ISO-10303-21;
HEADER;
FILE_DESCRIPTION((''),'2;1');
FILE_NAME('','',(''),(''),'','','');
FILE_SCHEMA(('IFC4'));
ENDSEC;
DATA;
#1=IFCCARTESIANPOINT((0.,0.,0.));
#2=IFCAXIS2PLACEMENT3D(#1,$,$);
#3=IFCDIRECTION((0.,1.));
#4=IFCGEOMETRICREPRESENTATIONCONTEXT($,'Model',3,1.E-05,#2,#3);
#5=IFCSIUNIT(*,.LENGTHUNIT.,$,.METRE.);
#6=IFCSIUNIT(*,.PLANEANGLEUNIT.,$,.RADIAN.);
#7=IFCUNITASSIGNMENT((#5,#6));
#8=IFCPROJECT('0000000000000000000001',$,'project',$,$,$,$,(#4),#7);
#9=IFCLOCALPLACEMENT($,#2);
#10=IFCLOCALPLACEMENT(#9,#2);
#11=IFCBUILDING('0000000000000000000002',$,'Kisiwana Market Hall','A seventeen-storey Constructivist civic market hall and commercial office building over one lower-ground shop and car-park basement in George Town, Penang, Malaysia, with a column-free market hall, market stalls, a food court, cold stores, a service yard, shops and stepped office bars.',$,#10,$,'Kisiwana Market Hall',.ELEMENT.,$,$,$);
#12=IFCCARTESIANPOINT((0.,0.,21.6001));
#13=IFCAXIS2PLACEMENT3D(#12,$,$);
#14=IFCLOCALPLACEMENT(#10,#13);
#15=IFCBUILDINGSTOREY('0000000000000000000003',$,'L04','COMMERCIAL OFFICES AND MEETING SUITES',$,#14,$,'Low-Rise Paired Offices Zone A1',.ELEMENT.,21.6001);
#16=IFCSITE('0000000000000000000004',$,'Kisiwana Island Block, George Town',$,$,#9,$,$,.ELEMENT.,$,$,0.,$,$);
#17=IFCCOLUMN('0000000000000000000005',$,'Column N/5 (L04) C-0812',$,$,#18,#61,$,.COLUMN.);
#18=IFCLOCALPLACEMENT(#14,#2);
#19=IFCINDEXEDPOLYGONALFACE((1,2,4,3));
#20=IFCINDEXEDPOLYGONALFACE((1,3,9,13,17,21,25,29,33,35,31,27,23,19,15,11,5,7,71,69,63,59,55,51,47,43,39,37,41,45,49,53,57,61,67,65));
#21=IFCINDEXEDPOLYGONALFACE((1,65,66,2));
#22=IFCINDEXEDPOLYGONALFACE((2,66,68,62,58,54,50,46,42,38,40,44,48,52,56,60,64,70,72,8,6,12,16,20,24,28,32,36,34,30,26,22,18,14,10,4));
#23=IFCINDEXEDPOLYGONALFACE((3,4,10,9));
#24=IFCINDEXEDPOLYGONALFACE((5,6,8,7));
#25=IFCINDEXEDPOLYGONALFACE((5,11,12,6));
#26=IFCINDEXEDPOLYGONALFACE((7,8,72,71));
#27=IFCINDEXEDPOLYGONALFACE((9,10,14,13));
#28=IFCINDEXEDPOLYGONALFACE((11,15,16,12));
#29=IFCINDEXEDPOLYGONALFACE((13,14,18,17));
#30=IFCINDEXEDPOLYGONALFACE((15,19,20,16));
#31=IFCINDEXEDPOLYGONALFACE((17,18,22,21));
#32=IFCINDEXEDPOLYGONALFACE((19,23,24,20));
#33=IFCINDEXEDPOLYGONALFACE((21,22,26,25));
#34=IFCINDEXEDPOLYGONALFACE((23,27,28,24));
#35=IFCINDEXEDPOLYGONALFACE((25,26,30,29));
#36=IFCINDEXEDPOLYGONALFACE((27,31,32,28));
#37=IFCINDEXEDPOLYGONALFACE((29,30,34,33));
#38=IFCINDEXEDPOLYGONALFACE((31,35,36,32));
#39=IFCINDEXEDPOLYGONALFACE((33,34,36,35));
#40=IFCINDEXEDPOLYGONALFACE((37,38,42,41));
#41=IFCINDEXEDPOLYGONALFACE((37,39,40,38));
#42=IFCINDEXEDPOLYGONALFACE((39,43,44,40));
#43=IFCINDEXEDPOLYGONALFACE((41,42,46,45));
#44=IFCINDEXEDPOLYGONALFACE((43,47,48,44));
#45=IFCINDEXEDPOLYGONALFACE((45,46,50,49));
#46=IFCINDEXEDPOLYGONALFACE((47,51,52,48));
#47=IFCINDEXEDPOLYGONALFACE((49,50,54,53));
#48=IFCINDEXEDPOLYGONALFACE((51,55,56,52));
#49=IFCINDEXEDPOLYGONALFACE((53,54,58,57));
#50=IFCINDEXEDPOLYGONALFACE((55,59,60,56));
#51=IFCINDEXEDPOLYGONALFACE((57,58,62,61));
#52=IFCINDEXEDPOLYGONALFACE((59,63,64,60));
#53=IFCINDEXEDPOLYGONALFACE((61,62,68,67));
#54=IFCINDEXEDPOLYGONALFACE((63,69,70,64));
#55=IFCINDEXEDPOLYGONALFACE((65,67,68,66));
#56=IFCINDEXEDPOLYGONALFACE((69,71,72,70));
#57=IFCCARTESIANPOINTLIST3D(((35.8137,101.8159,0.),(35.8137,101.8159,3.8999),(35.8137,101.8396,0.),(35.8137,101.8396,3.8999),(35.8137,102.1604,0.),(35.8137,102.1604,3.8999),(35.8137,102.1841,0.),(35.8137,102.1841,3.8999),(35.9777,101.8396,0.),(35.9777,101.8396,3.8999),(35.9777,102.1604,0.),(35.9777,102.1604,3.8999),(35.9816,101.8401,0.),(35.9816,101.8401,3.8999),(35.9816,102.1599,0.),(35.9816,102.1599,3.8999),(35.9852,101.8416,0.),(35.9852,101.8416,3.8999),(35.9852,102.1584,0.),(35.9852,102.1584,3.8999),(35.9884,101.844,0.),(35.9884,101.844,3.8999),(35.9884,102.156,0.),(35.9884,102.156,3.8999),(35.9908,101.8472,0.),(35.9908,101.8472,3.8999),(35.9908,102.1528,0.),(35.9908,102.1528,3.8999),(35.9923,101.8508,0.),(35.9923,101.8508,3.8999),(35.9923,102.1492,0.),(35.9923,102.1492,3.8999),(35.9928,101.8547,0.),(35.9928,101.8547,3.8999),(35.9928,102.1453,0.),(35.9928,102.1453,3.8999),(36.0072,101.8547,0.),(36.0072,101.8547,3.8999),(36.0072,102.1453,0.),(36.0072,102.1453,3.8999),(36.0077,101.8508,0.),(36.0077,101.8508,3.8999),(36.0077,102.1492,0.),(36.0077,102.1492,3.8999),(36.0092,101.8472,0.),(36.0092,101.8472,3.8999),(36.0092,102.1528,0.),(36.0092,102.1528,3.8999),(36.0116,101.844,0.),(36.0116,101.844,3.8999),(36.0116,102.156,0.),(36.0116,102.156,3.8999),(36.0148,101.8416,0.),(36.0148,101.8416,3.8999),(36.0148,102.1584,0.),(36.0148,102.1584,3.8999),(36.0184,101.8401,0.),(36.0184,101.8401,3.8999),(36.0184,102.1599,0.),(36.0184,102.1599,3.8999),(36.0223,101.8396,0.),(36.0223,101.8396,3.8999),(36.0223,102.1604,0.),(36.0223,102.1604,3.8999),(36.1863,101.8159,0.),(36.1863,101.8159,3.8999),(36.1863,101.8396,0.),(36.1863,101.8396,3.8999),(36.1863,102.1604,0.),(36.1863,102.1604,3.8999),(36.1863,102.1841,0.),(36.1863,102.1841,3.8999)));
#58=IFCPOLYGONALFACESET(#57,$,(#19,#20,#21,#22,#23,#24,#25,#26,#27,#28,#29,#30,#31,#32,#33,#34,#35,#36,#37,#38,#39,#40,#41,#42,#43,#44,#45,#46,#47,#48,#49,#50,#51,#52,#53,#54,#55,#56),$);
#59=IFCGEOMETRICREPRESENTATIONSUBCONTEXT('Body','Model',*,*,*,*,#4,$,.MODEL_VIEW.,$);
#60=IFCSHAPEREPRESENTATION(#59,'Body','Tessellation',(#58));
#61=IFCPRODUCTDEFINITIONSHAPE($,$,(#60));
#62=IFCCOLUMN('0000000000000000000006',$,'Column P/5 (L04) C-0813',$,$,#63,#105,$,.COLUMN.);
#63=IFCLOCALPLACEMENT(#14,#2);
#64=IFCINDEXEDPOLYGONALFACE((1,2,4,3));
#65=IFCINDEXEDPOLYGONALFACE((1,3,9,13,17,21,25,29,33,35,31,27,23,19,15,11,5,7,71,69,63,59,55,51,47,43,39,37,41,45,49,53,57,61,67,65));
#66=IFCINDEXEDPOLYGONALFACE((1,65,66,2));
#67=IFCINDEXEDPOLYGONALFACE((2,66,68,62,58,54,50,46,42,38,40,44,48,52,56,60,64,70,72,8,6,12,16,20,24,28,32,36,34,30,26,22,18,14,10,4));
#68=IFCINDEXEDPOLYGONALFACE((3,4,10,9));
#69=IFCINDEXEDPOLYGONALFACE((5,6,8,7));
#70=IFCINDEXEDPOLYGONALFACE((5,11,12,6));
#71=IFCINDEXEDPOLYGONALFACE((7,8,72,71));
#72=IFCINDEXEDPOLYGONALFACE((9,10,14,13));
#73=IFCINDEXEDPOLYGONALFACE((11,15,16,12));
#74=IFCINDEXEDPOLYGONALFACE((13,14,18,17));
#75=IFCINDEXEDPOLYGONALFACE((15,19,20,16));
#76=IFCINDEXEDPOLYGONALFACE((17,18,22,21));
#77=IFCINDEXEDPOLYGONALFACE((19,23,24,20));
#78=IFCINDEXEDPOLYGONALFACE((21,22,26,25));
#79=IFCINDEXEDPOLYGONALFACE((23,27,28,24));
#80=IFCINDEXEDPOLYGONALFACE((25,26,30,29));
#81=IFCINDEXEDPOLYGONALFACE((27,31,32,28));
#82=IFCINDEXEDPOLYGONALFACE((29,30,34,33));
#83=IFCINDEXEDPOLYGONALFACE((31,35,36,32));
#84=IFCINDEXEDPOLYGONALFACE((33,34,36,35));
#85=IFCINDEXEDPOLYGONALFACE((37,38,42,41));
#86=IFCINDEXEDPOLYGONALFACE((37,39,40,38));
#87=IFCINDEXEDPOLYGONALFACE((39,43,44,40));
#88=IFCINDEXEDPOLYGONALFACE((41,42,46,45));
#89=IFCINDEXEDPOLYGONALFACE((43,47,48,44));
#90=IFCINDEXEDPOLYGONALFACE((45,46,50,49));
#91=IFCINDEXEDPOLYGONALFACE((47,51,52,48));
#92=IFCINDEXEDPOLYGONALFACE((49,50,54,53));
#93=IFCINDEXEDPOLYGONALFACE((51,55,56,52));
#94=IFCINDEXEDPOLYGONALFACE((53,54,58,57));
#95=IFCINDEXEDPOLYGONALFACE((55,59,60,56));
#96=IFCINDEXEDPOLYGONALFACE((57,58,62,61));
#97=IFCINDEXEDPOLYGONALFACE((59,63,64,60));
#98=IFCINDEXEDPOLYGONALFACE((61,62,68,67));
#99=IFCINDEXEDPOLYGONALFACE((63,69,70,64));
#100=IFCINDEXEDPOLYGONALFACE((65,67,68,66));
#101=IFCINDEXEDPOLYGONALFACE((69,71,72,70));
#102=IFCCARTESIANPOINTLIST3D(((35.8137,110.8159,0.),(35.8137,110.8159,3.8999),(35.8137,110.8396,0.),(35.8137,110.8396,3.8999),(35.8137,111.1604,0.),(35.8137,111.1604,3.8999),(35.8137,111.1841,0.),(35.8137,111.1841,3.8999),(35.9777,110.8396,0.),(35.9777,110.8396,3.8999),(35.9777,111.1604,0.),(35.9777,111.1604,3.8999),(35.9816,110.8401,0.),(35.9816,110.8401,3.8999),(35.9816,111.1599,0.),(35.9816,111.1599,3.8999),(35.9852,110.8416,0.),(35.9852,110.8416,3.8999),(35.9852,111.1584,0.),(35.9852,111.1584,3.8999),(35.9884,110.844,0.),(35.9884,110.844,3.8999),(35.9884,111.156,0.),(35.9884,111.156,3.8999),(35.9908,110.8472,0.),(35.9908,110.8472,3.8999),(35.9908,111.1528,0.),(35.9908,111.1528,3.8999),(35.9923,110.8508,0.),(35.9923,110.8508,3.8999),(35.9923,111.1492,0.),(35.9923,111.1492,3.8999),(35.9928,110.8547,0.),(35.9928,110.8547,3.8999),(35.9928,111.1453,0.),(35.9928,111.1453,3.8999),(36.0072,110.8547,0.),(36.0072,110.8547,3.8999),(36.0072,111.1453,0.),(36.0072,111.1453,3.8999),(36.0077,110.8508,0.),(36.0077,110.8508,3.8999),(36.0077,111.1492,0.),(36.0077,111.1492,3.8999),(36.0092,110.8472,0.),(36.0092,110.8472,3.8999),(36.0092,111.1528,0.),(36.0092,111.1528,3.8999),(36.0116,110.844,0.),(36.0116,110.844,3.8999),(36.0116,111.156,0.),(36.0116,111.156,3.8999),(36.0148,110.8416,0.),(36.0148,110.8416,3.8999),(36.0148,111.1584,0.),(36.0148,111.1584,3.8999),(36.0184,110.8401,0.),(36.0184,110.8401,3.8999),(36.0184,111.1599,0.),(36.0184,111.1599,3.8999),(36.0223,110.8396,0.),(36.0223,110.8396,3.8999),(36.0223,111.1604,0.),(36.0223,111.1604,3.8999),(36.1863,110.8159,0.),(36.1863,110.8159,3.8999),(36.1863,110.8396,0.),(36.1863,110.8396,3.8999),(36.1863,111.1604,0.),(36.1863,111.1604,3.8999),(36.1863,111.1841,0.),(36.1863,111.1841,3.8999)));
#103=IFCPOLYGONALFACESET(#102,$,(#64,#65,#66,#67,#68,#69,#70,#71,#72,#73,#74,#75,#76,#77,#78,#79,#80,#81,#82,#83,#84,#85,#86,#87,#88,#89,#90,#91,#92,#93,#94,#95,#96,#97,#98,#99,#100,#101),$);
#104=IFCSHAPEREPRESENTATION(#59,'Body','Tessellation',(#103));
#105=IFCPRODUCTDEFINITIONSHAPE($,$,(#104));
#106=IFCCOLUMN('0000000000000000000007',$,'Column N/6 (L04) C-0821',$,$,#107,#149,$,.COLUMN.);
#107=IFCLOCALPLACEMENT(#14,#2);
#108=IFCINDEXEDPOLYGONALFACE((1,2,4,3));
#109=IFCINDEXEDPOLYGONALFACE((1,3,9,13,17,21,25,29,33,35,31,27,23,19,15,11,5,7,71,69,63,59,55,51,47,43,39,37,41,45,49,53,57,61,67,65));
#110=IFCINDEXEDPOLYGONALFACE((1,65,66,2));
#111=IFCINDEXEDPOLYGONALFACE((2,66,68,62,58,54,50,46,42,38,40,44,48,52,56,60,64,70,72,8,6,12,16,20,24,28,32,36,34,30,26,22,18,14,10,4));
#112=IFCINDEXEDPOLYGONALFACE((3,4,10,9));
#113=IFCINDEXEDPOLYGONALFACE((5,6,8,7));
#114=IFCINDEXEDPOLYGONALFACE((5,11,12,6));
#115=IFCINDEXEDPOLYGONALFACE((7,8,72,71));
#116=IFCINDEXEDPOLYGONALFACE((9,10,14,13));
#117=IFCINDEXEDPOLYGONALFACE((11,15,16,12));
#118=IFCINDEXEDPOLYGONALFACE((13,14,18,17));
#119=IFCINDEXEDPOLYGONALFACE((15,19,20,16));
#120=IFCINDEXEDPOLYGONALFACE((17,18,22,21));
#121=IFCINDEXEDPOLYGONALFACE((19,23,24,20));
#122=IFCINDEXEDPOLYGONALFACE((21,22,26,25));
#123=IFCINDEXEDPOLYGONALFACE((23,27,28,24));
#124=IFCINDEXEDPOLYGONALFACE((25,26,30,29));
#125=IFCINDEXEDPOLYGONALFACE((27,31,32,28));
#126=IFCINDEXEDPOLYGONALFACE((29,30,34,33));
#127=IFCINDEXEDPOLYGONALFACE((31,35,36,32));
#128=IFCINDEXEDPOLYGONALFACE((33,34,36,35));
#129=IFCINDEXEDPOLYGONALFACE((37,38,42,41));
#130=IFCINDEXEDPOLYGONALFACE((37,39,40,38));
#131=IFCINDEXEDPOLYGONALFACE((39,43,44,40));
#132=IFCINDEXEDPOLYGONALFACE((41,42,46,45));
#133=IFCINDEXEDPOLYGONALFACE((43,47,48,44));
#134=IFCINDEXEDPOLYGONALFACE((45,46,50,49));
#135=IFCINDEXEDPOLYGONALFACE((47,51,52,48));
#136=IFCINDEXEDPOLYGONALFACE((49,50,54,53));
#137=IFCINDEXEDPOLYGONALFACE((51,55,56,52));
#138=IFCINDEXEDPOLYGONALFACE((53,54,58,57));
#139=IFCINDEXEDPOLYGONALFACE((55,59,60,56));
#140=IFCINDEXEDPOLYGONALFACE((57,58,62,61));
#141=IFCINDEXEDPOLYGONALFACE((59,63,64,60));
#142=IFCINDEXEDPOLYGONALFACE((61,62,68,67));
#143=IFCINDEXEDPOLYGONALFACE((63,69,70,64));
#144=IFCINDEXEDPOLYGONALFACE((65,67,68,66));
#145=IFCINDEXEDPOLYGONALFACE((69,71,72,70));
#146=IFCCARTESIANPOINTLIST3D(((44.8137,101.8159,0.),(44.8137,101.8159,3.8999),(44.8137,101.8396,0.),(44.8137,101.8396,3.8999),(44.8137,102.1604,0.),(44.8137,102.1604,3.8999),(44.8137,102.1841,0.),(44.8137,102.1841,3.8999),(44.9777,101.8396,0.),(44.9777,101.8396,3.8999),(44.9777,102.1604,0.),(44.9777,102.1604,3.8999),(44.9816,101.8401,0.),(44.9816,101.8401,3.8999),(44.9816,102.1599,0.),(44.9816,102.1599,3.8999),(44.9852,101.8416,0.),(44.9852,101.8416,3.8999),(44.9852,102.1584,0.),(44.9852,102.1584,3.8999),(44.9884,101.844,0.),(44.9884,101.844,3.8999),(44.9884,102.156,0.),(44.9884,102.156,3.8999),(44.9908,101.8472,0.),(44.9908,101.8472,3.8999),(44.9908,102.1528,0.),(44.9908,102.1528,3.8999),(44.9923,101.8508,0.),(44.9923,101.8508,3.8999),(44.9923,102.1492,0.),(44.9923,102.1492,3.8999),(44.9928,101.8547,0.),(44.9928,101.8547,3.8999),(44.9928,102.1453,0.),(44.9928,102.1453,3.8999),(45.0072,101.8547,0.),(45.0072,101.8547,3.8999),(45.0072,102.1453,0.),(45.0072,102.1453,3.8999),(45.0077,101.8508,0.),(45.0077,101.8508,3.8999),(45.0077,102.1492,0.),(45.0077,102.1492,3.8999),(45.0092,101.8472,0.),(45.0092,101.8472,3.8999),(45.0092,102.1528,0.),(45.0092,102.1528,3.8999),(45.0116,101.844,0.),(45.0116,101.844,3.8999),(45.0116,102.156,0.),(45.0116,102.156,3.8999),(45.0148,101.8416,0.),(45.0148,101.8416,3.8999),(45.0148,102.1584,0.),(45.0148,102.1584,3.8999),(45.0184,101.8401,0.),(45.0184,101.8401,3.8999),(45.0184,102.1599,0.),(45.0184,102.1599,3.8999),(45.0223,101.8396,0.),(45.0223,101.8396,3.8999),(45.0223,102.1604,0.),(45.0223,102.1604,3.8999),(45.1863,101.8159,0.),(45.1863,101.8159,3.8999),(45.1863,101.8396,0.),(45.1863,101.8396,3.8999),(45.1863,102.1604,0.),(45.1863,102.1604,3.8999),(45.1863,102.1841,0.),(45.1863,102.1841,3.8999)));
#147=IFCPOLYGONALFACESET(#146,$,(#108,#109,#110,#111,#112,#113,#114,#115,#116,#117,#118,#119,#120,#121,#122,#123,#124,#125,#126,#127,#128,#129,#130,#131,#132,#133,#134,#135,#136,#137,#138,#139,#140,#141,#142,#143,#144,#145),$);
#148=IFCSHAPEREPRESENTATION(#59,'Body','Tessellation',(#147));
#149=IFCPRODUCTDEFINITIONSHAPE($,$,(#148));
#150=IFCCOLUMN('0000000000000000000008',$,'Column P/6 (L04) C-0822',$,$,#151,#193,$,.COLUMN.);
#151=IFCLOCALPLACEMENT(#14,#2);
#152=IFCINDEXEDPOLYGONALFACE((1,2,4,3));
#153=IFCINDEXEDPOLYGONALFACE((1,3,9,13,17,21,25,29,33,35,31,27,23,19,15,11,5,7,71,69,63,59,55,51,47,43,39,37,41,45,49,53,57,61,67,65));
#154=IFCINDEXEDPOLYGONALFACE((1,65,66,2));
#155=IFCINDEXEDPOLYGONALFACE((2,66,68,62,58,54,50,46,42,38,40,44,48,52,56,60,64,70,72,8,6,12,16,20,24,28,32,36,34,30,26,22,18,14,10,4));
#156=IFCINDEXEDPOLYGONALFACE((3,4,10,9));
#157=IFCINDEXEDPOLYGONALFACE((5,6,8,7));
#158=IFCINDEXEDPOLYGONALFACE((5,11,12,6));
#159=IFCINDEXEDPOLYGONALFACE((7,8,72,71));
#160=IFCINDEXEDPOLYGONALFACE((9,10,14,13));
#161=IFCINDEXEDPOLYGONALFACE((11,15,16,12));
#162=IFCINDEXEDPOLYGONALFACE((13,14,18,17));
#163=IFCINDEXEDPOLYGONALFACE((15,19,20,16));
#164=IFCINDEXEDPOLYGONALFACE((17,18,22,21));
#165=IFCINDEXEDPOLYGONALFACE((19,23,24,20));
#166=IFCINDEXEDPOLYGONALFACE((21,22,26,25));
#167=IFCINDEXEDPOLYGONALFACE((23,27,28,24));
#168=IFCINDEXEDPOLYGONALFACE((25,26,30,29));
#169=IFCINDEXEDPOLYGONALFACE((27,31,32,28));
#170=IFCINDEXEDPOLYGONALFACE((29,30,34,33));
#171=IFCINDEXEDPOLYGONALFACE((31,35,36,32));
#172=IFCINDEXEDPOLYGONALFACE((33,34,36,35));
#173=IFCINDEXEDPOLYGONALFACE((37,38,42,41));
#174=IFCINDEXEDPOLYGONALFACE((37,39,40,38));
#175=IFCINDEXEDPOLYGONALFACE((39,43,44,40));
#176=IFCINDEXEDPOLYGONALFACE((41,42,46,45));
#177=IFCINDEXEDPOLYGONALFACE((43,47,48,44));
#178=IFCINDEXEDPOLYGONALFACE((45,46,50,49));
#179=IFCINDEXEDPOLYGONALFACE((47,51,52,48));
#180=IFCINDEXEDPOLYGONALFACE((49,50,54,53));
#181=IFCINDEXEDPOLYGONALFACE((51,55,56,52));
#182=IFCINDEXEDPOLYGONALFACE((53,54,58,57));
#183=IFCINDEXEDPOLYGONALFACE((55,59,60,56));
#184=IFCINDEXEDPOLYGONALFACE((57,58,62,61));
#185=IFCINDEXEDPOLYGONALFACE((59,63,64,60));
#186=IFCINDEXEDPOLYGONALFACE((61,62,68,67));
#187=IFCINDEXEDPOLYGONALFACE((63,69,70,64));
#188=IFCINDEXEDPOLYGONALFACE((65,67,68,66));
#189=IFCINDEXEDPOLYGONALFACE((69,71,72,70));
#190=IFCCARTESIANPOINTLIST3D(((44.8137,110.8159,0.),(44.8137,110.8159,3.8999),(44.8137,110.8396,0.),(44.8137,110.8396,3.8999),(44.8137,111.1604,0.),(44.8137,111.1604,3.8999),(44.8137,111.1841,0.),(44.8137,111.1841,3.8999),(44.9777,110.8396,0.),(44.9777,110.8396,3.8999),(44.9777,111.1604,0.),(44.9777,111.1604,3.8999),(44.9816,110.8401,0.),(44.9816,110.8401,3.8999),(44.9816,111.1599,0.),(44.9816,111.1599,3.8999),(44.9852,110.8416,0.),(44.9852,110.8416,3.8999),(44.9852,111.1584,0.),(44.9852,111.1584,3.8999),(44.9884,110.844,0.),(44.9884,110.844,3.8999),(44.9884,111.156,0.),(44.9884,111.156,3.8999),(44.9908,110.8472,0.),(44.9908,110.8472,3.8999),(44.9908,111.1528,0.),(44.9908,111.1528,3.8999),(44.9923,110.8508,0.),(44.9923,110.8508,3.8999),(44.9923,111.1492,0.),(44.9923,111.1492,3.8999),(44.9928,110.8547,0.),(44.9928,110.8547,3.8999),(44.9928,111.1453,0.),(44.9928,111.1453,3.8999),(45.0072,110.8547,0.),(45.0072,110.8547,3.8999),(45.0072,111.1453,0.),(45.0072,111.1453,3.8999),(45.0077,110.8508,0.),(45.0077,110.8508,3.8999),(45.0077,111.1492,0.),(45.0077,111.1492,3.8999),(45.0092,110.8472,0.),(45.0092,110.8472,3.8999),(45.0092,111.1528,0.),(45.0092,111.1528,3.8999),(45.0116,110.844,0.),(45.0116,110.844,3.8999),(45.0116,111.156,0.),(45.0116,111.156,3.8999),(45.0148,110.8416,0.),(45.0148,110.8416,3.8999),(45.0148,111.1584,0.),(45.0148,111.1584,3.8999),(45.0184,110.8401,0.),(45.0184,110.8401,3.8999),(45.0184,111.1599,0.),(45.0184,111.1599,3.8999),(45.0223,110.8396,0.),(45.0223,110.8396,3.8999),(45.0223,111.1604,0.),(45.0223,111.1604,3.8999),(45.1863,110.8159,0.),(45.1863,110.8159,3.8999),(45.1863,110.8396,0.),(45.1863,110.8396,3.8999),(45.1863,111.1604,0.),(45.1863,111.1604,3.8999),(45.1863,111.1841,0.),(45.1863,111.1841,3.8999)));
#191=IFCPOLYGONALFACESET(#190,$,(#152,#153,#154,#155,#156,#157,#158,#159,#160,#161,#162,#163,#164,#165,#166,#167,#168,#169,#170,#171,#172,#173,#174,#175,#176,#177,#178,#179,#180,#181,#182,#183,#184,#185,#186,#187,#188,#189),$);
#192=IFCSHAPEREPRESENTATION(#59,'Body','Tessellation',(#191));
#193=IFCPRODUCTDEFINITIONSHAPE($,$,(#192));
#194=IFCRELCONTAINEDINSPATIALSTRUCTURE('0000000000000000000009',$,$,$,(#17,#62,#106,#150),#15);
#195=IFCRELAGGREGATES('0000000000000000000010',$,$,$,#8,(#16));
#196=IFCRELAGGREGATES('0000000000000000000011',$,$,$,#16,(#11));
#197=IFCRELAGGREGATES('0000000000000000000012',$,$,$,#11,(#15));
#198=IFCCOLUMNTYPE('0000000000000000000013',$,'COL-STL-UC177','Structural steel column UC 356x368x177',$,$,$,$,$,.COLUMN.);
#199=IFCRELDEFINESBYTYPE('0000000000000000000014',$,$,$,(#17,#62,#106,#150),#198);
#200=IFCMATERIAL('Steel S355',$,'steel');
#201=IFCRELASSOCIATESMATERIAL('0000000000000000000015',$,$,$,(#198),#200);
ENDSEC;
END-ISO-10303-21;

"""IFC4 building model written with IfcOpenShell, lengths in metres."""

from ifc_helpers import new_model, si_unit, direction, frame, origin, origin_2d, place, context, subcontext, project, spatial, i_section, extrude, material, material_profile, profile_set, type_object, element, save


model = new_model("IFC4")

# Units and contexts
model_context = context("Model", 3, precision=1e-05, world=origin(), true_north=direction((0.0, 1.0)))
body_context = subcontext(model_context, "Body", "Model", "MODEL_VIEW")
ifc_project = project(units=[si_unit("LENGTHUNIT", "METRE"), si_unit("PLANEANGLEUNIT", "RADIAN")], contexts=[model_context])

# Site, building, storey
site_placement = place(None, origin())
site = spatial("IfcSite", under=ifc_project, at=site_placement, Name="Kisiwana Island Block, George Town", CompositionType="ELEMENT", RefElevation=0.0)
building_placement = place(site_placement, origin())
building = spatial("IfcBuilding", under=site, at=building_placement, Name="Kisiwana Market Hall", Description="A seventeen-storey Constructivist civic market hall and commercial office building over one lower-ground shop and car-park basement in George Town, Penang, Malaysia, with a column-free market hall, market stalls, a food court, cold stores, a service yard, shops and stepped office bars.", LongName="Kisiwana Market Hall", CompositionType="ELEMENT")
storey_placement = place(building_placement, frame((0.0, 0.0, 21.6001)))
storey = spatial("IfcBuildingStorey", under=building, at=storey_placement, Name="L04", Description="COMMERCIAL OFFICES AND MEETING SUITES", LongName="Low-Rise Paired Offices Zone A1", CompositionType="ELEMENT", Elevation=21.6001)

# Columns
ifc_material_1 = material(Name="Steel S355", Category="steel")
ifc_material_profile_1 = material_profile(ifc_material_1, i_section(OverallWidth=0.3726, OverallDepth=0.3682, WebThickness=0.0144, FlangeThickness=0.0237, FilletRadius=0.0151, at=origin_2d()), Name="UC 356x368x177")
ifc_profile_set_1 = profile_set([ifc_material_profile_1], Name="Steel S355")
column_type = type_object("IfcColumnType", Name="COL-STL-UC177", Description="Structural steel column UC 356x368x177", PredefinedType="COLUMN", material=ifc_profile_set_1)
for number, where, z_axis, x_axis, name in (
    (1, (36.0, 102.0, 0.0), (0.0, 0.0, 1.0), (1.0, 0.0, 0.0), "Column N/5 (L04) C-0812"),
    (2, (36.0, 111.0, 0.0), (0.0, 0.0, 1.0), (1.0, 0.0, 0.0), "Column P/5 (L04) C-0813"),
    (3, (45.0, 102.0, 0.0), (0.0, 0.0, 1.0), (1.0, 0.0, 0.0), "Column N/6 (L04) C-0821"),
    (4, (45.0, 111.0, 0.0), (0.0, 0.0, 1.0), (1.0, 0.0, 0.0), "Column P/6 (L04) C-0822"),
):
    element("IfcColumn", number, at=place(storey_placement, frame(where, z_axis=z_axis, x_axis=x_axis)), inside=storey, type_object=column_type, Name=name, PredefinedType="COLUMN", context=body_context, shape_type="SweptSolid", body=[
        extrude(i_section(OverallWidth=0.3726, OverallDepth=0.3682, WebThickness=0.0144, FlangeThickness=0.0237, FilletRadius=0.0151, at=origin_2d()), origin(), (0.0, 0.0, 1.0), 3.8999),
    ])

save(model, "model.ifc")
